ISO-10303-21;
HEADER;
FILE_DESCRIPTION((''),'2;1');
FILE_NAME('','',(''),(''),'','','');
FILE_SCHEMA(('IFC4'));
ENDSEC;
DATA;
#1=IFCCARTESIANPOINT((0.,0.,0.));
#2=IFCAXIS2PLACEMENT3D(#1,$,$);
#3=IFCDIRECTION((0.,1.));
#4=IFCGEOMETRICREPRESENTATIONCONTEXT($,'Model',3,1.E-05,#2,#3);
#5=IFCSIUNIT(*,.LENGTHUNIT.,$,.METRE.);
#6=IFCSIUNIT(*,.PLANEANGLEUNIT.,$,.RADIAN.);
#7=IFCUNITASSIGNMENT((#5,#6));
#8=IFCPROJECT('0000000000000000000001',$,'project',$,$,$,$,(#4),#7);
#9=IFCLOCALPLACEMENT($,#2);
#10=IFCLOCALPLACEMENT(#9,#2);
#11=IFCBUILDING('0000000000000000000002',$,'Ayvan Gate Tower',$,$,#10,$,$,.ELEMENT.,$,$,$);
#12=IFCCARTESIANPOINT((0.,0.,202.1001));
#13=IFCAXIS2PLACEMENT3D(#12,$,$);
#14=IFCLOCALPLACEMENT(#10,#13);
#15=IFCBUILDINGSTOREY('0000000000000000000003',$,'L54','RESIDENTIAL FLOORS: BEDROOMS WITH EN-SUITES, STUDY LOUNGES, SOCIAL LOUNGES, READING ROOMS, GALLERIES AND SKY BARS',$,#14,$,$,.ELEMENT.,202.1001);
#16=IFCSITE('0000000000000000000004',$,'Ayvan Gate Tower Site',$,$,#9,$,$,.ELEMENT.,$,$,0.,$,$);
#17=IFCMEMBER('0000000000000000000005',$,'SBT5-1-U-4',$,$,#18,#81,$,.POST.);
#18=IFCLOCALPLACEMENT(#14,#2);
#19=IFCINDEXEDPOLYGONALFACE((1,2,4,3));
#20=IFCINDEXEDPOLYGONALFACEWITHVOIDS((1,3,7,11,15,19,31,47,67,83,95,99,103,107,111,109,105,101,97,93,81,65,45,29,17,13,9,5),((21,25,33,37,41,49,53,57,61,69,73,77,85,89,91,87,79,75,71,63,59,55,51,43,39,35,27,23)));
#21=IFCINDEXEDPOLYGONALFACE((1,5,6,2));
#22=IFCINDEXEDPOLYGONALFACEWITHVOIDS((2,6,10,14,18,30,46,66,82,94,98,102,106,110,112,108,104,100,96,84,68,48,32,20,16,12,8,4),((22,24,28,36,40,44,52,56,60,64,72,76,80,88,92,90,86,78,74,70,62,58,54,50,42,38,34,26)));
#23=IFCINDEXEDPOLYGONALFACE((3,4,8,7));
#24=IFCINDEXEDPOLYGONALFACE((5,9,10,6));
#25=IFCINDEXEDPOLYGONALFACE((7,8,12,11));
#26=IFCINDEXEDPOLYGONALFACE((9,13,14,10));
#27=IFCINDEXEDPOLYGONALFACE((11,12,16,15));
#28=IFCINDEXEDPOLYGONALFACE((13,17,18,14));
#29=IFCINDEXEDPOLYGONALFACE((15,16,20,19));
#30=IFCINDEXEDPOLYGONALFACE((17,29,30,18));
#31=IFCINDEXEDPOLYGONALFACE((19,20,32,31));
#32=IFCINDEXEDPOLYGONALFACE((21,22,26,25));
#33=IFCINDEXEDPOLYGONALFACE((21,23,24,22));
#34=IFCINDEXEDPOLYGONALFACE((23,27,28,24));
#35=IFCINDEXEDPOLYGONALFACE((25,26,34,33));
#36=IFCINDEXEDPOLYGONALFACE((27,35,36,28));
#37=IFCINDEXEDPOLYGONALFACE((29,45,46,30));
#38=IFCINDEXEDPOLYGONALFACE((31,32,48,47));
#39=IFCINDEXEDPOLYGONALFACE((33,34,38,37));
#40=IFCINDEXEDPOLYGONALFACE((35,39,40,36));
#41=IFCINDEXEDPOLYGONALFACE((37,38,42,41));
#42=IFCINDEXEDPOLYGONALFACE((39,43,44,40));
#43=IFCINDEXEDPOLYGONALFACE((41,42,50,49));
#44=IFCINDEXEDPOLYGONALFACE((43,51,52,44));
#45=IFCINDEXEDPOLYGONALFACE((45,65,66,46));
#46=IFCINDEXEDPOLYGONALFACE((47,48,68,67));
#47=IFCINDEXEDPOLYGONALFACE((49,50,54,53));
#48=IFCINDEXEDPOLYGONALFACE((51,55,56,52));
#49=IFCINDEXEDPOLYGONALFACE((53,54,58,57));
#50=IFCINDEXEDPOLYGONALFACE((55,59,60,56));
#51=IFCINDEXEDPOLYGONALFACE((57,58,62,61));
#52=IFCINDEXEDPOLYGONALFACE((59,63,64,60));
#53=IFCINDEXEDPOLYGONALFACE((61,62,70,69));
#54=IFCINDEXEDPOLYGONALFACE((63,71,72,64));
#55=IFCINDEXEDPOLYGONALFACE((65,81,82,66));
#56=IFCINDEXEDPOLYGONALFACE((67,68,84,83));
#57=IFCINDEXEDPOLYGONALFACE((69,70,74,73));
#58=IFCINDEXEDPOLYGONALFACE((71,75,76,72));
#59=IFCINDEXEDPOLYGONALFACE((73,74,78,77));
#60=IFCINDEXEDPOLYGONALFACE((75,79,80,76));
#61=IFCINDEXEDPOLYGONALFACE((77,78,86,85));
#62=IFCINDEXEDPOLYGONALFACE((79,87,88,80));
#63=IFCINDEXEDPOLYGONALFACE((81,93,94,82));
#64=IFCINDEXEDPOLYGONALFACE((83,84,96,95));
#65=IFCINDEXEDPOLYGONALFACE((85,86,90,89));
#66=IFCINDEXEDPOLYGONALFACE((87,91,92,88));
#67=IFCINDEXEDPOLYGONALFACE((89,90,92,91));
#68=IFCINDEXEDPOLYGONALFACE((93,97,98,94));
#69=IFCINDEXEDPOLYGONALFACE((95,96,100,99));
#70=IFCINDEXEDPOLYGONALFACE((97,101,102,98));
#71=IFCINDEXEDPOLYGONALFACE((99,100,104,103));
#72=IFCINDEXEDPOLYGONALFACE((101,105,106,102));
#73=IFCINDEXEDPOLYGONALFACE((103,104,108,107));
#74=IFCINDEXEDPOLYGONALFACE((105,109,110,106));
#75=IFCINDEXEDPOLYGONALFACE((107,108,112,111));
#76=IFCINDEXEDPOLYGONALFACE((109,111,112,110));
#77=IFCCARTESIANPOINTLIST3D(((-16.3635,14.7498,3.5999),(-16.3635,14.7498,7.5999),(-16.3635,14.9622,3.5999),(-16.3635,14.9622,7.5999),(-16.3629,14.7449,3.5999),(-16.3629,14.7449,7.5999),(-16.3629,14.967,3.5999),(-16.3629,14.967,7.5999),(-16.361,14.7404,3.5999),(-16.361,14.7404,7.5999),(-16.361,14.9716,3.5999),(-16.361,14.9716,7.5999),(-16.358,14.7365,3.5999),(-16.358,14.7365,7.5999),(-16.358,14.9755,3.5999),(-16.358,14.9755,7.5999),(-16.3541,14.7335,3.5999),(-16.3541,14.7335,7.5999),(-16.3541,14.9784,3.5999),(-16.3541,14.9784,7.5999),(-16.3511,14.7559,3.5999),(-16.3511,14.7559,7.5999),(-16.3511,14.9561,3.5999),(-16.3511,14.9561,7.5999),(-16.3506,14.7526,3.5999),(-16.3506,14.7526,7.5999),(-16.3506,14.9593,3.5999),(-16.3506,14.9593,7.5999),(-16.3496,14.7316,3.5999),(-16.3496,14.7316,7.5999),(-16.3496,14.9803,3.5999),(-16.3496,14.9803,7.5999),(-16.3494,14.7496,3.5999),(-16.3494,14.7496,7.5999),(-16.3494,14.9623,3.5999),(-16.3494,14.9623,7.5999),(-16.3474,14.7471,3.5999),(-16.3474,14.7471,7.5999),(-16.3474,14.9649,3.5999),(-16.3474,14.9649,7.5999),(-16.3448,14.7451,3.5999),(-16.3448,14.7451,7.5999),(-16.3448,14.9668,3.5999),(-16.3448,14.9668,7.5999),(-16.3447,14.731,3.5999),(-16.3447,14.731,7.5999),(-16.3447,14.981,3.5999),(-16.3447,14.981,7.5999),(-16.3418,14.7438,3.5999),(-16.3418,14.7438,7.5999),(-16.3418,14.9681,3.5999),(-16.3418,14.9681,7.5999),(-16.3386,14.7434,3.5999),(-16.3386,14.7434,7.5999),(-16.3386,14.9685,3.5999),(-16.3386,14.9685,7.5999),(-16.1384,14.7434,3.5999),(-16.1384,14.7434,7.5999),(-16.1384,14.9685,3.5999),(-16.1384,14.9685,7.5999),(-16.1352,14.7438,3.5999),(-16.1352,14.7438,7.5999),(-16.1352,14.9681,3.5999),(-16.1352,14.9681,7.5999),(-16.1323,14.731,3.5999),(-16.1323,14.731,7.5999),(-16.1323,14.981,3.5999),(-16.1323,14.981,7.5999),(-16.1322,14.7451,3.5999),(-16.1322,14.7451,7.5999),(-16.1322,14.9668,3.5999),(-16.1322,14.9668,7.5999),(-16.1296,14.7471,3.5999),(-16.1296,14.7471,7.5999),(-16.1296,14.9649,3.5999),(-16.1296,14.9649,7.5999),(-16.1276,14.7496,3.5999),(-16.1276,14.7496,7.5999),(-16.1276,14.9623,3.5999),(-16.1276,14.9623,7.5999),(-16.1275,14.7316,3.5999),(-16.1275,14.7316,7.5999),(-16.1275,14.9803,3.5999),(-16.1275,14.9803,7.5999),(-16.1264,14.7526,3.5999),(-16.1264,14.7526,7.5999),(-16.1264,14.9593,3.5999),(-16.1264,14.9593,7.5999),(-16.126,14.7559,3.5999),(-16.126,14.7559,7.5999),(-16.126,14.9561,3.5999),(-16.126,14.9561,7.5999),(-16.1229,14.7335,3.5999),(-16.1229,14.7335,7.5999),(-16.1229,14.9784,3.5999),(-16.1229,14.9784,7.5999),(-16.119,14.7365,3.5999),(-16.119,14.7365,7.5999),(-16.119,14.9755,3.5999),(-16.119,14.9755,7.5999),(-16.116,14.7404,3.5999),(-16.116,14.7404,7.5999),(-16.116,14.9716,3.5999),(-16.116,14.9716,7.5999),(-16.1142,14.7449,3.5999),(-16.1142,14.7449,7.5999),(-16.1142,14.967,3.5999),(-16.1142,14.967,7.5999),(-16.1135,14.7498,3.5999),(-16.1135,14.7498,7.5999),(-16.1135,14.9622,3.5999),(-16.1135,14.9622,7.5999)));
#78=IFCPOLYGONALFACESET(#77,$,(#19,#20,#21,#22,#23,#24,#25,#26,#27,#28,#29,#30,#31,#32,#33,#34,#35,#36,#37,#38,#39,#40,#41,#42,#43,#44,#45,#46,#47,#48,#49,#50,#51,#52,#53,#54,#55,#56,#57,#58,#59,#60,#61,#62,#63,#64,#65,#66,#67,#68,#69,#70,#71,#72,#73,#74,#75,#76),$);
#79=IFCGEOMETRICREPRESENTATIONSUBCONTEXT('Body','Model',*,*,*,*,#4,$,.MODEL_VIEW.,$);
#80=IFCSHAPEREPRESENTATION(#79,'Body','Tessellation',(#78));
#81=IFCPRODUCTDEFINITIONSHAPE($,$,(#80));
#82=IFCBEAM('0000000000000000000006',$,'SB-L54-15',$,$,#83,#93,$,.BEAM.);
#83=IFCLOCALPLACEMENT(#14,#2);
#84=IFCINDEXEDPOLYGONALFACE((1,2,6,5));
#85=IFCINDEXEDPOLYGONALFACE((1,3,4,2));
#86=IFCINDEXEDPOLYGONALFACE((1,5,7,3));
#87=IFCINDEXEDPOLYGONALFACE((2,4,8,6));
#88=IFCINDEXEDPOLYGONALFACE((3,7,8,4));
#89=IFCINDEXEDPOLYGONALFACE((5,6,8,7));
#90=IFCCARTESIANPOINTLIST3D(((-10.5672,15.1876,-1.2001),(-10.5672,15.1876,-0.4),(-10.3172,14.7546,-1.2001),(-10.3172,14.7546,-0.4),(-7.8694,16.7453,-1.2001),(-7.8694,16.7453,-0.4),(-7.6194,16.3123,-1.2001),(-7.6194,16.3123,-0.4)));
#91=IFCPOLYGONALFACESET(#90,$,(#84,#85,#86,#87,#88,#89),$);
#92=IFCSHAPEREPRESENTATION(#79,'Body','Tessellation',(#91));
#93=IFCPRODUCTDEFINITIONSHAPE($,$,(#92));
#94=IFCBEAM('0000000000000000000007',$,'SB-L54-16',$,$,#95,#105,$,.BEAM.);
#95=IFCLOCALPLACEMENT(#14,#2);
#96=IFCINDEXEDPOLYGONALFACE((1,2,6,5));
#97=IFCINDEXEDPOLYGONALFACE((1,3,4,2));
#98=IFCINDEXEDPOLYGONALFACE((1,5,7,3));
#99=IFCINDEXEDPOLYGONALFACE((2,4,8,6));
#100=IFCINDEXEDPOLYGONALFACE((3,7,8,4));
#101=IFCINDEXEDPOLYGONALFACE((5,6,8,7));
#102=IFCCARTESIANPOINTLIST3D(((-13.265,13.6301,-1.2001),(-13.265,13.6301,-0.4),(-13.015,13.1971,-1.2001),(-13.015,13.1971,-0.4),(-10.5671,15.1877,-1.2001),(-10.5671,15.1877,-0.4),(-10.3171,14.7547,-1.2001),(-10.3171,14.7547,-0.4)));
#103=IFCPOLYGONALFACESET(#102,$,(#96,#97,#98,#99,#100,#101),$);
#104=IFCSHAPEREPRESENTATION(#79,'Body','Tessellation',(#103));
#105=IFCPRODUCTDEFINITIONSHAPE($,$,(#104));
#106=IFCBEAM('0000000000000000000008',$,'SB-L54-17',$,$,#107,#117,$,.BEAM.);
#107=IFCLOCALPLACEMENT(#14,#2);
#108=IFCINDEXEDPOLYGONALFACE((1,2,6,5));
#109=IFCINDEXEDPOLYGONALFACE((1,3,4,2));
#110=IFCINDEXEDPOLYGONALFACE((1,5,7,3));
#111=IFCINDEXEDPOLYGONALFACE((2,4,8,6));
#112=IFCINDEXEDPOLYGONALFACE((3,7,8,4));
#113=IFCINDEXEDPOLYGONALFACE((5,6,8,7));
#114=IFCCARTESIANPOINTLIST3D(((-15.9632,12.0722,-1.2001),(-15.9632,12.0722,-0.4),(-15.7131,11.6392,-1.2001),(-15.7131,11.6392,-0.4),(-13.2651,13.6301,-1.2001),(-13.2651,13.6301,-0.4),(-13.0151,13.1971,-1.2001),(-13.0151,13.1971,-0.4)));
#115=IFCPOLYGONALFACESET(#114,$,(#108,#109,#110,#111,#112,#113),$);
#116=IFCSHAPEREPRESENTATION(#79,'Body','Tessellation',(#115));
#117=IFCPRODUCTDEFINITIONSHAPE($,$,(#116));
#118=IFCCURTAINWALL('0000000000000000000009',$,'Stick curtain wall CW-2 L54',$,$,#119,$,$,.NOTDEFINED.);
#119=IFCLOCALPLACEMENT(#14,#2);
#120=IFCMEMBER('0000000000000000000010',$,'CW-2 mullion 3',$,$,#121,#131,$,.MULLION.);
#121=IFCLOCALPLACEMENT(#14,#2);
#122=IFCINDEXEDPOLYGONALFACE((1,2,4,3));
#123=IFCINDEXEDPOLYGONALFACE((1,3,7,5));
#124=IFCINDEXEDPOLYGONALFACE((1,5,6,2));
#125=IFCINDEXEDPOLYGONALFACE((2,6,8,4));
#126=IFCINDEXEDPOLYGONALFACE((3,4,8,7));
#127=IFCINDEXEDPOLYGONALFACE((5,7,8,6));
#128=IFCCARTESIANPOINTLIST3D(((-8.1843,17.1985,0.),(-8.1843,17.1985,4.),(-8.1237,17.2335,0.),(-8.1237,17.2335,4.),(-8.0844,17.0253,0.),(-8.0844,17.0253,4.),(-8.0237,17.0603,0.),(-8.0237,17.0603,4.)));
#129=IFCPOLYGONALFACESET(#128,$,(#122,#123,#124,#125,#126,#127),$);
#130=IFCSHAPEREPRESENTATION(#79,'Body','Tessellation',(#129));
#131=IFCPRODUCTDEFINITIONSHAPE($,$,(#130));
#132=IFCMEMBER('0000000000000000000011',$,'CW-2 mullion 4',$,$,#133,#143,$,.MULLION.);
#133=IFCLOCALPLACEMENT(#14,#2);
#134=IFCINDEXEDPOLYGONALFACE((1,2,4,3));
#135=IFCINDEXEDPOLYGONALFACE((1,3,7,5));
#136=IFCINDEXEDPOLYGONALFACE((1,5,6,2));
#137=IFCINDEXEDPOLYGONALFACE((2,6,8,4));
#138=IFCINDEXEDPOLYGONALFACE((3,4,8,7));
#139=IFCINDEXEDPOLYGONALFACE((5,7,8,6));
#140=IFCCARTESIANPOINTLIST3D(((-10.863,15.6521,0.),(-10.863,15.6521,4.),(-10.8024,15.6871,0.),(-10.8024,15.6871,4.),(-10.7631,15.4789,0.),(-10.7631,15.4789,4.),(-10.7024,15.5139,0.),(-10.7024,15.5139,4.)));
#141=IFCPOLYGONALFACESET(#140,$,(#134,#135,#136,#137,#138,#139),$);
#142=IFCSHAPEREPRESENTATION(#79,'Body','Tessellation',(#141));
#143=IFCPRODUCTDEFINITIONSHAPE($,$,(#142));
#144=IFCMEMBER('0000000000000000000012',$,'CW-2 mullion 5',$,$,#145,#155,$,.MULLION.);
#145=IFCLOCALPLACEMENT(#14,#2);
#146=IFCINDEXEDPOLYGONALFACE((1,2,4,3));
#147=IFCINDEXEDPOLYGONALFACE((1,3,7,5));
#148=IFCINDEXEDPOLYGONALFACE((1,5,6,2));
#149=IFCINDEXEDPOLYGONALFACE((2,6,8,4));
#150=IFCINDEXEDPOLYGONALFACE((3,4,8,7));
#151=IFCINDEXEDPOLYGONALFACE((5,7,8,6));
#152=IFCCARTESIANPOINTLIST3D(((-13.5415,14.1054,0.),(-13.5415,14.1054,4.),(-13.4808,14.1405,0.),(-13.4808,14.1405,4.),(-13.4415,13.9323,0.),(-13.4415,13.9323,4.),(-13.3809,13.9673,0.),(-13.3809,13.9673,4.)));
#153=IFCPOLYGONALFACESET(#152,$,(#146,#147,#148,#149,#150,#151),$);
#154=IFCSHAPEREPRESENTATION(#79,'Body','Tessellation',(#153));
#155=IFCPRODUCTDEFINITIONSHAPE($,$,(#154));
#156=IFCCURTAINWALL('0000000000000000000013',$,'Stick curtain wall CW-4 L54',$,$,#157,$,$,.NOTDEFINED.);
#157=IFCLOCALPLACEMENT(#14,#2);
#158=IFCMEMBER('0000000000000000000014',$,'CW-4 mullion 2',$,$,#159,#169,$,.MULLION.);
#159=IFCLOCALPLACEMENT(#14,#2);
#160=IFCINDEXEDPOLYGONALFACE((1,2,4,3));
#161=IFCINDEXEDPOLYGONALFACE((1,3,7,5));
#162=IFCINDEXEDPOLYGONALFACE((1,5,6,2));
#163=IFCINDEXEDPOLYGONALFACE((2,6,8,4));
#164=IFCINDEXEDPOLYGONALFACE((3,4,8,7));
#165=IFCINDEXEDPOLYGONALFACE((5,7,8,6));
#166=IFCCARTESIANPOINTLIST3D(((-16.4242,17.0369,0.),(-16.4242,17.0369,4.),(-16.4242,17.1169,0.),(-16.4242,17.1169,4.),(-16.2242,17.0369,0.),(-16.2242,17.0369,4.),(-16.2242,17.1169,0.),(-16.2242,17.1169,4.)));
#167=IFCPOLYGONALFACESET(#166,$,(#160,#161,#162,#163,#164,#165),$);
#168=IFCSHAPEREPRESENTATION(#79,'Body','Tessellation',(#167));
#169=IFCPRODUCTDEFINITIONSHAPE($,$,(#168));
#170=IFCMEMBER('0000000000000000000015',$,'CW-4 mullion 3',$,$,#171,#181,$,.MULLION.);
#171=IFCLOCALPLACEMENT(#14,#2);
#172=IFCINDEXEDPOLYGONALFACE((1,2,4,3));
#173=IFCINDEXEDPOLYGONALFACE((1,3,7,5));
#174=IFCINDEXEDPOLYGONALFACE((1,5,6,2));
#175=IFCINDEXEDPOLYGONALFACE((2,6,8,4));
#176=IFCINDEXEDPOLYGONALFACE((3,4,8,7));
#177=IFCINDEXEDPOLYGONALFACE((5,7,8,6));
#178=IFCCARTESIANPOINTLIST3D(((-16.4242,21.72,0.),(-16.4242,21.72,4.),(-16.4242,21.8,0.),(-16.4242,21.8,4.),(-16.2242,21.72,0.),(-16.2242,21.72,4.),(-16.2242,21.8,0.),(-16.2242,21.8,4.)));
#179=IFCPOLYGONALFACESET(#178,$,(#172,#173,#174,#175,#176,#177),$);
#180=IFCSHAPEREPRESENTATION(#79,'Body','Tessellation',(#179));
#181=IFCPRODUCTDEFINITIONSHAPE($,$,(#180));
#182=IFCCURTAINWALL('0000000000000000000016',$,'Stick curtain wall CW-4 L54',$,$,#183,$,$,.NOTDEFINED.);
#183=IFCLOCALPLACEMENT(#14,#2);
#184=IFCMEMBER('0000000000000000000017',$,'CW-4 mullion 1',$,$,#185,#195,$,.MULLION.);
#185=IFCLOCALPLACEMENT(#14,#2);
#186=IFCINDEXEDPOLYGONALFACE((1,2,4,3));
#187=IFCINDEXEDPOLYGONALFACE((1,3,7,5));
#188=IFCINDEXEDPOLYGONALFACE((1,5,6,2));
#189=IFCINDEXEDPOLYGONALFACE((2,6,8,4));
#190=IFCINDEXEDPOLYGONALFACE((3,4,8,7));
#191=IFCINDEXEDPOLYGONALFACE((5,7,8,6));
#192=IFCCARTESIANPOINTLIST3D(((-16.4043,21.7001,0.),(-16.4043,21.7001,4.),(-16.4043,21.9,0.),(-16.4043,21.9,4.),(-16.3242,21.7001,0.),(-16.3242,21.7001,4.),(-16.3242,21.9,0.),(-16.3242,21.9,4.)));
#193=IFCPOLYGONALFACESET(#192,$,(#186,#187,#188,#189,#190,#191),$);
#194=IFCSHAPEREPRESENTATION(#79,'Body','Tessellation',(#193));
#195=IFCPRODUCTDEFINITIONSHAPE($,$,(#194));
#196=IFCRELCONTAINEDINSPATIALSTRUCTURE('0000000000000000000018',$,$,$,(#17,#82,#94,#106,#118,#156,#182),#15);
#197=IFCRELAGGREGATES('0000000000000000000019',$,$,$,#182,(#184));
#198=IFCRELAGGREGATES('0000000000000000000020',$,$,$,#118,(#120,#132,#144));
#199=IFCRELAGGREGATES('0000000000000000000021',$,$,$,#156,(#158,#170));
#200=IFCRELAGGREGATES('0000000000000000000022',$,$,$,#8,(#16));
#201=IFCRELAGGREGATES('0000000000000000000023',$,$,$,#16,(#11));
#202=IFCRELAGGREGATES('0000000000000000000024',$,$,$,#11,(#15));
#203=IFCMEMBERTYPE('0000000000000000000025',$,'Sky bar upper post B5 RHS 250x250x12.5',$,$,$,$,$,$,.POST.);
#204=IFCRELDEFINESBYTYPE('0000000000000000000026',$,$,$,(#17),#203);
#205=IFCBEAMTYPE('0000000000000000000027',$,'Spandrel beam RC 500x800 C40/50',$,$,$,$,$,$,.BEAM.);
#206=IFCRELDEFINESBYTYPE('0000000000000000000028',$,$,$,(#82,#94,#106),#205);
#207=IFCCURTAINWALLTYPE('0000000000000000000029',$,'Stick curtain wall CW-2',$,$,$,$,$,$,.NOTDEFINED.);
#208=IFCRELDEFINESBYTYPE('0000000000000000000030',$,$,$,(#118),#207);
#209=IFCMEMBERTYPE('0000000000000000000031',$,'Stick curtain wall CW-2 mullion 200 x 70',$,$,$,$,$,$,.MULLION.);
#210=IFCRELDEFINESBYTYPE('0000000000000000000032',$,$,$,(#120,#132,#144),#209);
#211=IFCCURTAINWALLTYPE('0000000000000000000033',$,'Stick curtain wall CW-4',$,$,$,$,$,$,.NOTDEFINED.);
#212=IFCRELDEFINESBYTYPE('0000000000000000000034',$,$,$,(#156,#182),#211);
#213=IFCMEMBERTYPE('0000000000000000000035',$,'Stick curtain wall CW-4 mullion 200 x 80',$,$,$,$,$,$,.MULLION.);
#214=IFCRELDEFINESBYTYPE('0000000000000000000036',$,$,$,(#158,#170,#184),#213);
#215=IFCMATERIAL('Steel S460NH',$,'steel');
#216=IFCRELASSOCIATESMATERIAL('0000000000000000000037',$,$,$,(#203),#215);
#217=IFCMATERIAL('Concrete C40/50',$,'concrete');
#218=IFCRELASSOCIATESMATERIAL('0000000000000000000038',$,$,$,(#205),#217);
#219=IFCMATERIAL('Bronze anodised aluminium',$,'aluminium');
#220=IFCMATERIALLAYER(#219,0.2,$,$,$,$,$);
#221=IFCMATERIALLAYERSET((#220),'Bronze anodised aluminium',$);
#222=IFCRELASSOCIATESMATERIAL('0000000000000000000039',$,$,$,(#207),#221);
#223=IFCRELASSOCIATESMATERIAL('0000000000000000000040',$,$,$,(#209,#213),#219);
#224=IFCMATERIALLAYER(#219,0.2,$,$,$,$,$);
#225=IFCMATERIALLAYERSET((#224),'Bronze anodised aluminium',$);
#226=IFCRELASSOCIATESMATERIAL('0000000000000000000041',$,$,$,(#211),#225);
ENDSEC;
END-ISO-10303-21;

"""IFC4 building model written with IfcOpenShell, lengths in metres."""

from ifc_helpers import new_model, si_unit, direction, frame, origin, origin_2d, place, context, subcontext, project, spatial, rectangle, hollow_rectangle, extrude, material, layer, layer_set, material_profile, profile_set, type_object, element, aggregate, save


model = new_model("IFC4")

# Units and contexts
model_context = context("Model", 3, precision=1e-05, world=origin(), true_north=direction((0.0, 1.0)))
body_context = subcontext(model_context, "Body", "Model", "MODEL_VIEW")
ifc_project = project(units=[si_unit("LENGTHUNIT", "METRE"), si_unit("PLANEANGLEUNIT", "RADIAN")], contexts=[model_context])

# Site, building, storey
site_placement = place(None, origin())
site = spatial("IfcSite", under=ifc_project, at=site_placement, Name="Ayvan Gate Tower Site", CompositionType="ELEMENT", RefElevation=0.0)
building_placement = place(site_placement, origin())
building = spatial("IfcBuilding", under=site, at=building_placement, Name="Ayvan Gate Tower", CompositionType="ELEMENT")
storey_placement = place(building_placement, frame((0.0, 0.0, 202.1001)))
storey = spatial("IfcBuildingStorey", under=building, at=storey_placement, Name="L54", Description="RESIDENTIAL FLOORS: BEDROOMS WITH EN-SUITES, STUDY LOUNGES, SOCIAL LOUNGES, READING ROOMS, GALLERIES AND SKY BARS", CompositionType="ELEMENT", Elevation=202.1001)

# Shared definitions
ifc_material_1 = material(Name="Concrete C40/50", Category="concrete")

# Member
ifc_material_2 = material(Name="Steel S460NH", Category="steel")
ifc_material_profile_1 = material_profile(ifc_material_2, hollow_rectangle(XDim=0.25, YDim=0.25, WallThickness=0.0125, InnerFilletRadius=0.0125, OuterFilletRadius=0.0188, at=origin_2d()), Name="RHS 250x250x12.5")
ifc_profile_set_1 = profile_set([ifc_material_profile_1], Name="Steel S460NH")
member_type_1 = type_object("IfcMemberType", Name="Sky bar upper post B5 RHS 250x250x12.5", PredefinedType="POST", material=ifc_profile_set_1)
for number, where, z_axis, x_axis, name in (
    (1, (-16.2385, 14.856, 3.5999), (0.0, 0.0, 1.0), (1.0, 0.0, 0.0), "SBT5-1-U-4"),
):
    element("IfcMember", number, at=place(storey_placement, frame(where, z_axis=z_axis, x_axis=x_axis)), inside=storey, type_object=member_type_1, Name=name, PredefinedType="POST", context=body_context, shape_type="SweptSolid", body=[
        extrude(hollow_rectangle(XDim=0.25, YDim=0.25, WallThickness=0.0125, InnerFilletRadius=0.0125, OuterFilletRadius=0.0188, at=origin_2d()), origin(), (0.0, 0.0, 1.0), 4.0),
    ])

# Beams
ifc_material_profile_2 = material_profile(ifc_material_1, rectangle(XDim=0.5, YDim=0.8, at=origin_2d()), Name="RC 500x800")
ifc_profile_set_2 = profile_set([ifc_material_profile_2], Name="Concrete C40/50")
beam_type_1 = type_object("IfcBeamType", Name="Spandrel beam RC 500x800 C40/50", PredefinedType="BEAM", material=ifc_profile_set_2)
for number, where, z_axis, x_axis, name in (
    (2, (-7.7444, 16.5288, -0.8), (-0.866016, -0.500016, 0.0), (0.500016, -0.866016, 0.0), "SB-L54-15"),
    (3, (-10.4421, 14.9712, -0.8), (-0.866036, -0.499982, 0.0), (0.499982, -0.866036, 0.0), "SB-L54-16"),
):
    element("IfcBeam", number, at=place(storey_placement, frame(where, z_axis=z_axis, x_axis=x_axis)), inside=storey, type_object=beam_type_1, Name=name, PredefinedType="BEAM", context=body_context, shape_type="SweptSolid", body=[
        extrude(rectangle(XDim=0.5, YDim=0.8, at=origin_2d()), origin(), (0.0, 0.0, 1.0), 3.1152),
    ])
beam_1_placement = place(storey_placement, frame((-13.1401, 13.4136, -0.8), z_axis=(-0.866002, -0.500041, 0.0), x_axis=(0.500041, -0.866002, 0.0)))
element("IfcBeam", 4, at=beam_1_placement, inside=storey, type_object=beam_type_1, Name="SB-L54-17", PredefinedType="BEAM", context=body_context, shape_type="SweptSolid", body=[
    extrude(rectangle(XDim=0.5, YDim=0.8, at=origin_2d()), origin(), (0.0, 0.0, 1.0), 3.1155),
])

# Curtain walls, members
ifc_material_3 = material(Name="Bronze anodised aluminium", Category="aluminium")
ifc_layer_1 = layer(ifc_material_3, 0.2)
ifc_layer_set_1 = layer_set([ifc_layer_1], Name="Bronze anodised aluminium")
curtain_wall_type_1 = type_object("IfcCurtainWallType", Name="Stick curtain wall CW-2", PredefinedType="NOTDEFINED", material=ifc_layer_set_1)
curtain_wall_1_placement = place(storey_placement, origin())
curtain_wall_1 = element("IfcCurtainWall", 5, at=curtain_wall_1_placement, inside=storey, type_object=curtain_wall_type_1, Name="Stick curtain wall CW-2 L54", PredefinedType="NOTDEFINED")
ifc_material_profile_3 = material_profile(ifc_material_3, rectangle(XDim=0.2, YDim=0.0701, at=origin_2d()), Name="Stick curtain wall CW-2 mullion 200 x 70")
ifc_profile_set_3 = profile_set([ifc_material_profile_3], Name="Bronze anodised aluminium")
member_type_2 = type_object("IfcMemberType", Name="Stick curtain wall CW-2 mullion 200 x 70", PredefinedType="MULLION", material=ifc_profile_set_3)
member_1_placement = place(storey_placement, frame((-8.104, 17.1294, 0.0), z_axis=(0.0, 0.0, 1.0), x_axis=(-0.5, 0.866025, 0.0)))
member_1 = element("IfcMember", 6, at=member_1_placement, type_object=member_type_2, Name="CW-2 mullion 3", PredefinedType="MULLION", context=body_context, shape_type="SweptSolid", body=[
    extrude(rectangle(XDim=0.2, YDim=0.0701, at=origin_2d()), origin(), (0.0, 0.0, 1.0), 4.0),
])
member_2_placement = place(storey_placement, frame((-10.7827, 15.583, 0.0), z_axis=(0.0, 0.0, 1.0), x_axis=(-0.5, 0.866025, 0.0)))
member_2 = element("IfcMember", 7, at=member_2_placement, type_object=member_type_2, Name="CW-2 mullion 4", PredefinedType="MULLION", context=body_context, shape_type="SweptSolid", body=[
    extrude(rectangle(XDim=0.2, YDim=0.0701, at=origin_2d()), origin(), (0.0, 0.0, 1.0), 4.0),
])
member_3_placement = place(storey_placement, frame((-13.4612, 14.0364, 0.0), z_axis=(0.0, 0.0, 1.0), x_axis=(-0.5, 0.866025, 0.0)))
member_3 = element("IfcMember", 8, at=member_3_placement, type_object=member_type_2, Name="CW-2 mullion 5", PredefinedType="MULLION", context=body_context, shape_type="SweptSolid", body=[
    extrude(rectangle(XDim=0.2, YDim=0.0701, at=origin_2d()), origin(), (0.0, 0.0, 1.0), 4.0),
])
ifc_layer_2 = layer(ifc_material_3, 0.2)
ifc_layer_set_2 = layer_set([ifc_layer_2], Name="Bronze anodised aluminium")
curtain_wall_type_2 = type_object("IfcCurtainWallType", Name="Stick curtain wall CW-4", PredefinedType="NOTDEFINED", material=ifc_layer_set_2)
curtain_wall_2_placement = place(storey_placement, origin())
curtain_wall_2 = element("IfcCurtainWall", 9, at=curtain_wall_2_placement, inside=storey, type_object=curtain_wall_type_2, Name="Stick curtain wall CW-4 L54", PredefinedType="NOTDEFINED")
ifc_material_profile_4 = material_profile(ifc_material_3, rectangle(XDim=0.2, YDim=0.0801, at=origin_2d()), Name="Stick curtain wall CW-4 mullion 200 x 80")
ifc_profile_set_4 = profile_set([ifc_material_profile_4], Name="Bronze anodised aluminium")
member_type_3 = type_object("IfcMemberType", Name="Stick curtain wall CW-4 mullion 200 x 80", PredefinedType="MULLION", material=ifc_profile_set_4)
member_4_placement = place(storey_placement, frame((-16.3242, 17.0769, 0.0), z_axis=(0.0, 0.0, 1.0), x_axis=(1.0, 0.0, 0.0)))
member_4 = element("IfcMember", 10, at=member_4_placement, type_object=member_type_3, Name="CW-4 mullion 2", PredefinedType="MULLION", context=body_context, shape_type="SweptSolid", body=[
    extrude(rectangle(XDim=0.2, YDim=0.0801, at=origin_2d()), origin(), (0.0, 0.0, 1.0), 4.0),
])
member_5_placement = place(storey_placement, frame((-16.3242, 21.76, 0.0), z_axis=(0.0, 0.0, 1.0), x_axis=(1.0, 0.0, 0.0)))
member_5 = element("IfcMember", 11, at=member_5_placement, type_object=member_type_3, Name="CW-4 mullion 3", PredefinedType="MULLION", context=body_context, shape_type="SweptSolid", body=[
    extrude(rectangle(XDim=0.2, YDim=0.0801, at=origin_2d()), origin(), (0.0, 0.0, 1.0), 4.0),
])
curtain_wall_3_placement = place(storey_placement, origin())
curtain_wall_3 = element("IfcCurtainWall", 12, at=curtain_wall_3_placement, inside=storey, type_object=curtain_wall_type_2, Name="Stick curtain wall CW-4 L54", PredefinedType="NOTDEFINED")
member_6_placement = place(storey_placement, frame((-16.3643, 21.8, 0.0), z_axis=(0.0, 0.0, 1.0), x_axis=(0.0, 1.0, 0.0)))
member_6 = element("IfcMember", 13, at=member_6_placement, type_object=member_type_3, Name="CW-4 mullion 1", PredefinedType="MULLION", context=body_context, shape_type="SweptSolid", body=[
    extrude(rectangle(XDim=0.2, YDim=0.0801, at=origin_2d()), origin(), (0.0, 0.0, 1.0), 4.0),
])
aggregate(curtain_wall_3, [member_6])

aggregate(curtain_wall_1, [member_1, member_2, member_3])
aggregate(curtain_wall_2, [member_4, member_5])

save(model, "model.ifc")
